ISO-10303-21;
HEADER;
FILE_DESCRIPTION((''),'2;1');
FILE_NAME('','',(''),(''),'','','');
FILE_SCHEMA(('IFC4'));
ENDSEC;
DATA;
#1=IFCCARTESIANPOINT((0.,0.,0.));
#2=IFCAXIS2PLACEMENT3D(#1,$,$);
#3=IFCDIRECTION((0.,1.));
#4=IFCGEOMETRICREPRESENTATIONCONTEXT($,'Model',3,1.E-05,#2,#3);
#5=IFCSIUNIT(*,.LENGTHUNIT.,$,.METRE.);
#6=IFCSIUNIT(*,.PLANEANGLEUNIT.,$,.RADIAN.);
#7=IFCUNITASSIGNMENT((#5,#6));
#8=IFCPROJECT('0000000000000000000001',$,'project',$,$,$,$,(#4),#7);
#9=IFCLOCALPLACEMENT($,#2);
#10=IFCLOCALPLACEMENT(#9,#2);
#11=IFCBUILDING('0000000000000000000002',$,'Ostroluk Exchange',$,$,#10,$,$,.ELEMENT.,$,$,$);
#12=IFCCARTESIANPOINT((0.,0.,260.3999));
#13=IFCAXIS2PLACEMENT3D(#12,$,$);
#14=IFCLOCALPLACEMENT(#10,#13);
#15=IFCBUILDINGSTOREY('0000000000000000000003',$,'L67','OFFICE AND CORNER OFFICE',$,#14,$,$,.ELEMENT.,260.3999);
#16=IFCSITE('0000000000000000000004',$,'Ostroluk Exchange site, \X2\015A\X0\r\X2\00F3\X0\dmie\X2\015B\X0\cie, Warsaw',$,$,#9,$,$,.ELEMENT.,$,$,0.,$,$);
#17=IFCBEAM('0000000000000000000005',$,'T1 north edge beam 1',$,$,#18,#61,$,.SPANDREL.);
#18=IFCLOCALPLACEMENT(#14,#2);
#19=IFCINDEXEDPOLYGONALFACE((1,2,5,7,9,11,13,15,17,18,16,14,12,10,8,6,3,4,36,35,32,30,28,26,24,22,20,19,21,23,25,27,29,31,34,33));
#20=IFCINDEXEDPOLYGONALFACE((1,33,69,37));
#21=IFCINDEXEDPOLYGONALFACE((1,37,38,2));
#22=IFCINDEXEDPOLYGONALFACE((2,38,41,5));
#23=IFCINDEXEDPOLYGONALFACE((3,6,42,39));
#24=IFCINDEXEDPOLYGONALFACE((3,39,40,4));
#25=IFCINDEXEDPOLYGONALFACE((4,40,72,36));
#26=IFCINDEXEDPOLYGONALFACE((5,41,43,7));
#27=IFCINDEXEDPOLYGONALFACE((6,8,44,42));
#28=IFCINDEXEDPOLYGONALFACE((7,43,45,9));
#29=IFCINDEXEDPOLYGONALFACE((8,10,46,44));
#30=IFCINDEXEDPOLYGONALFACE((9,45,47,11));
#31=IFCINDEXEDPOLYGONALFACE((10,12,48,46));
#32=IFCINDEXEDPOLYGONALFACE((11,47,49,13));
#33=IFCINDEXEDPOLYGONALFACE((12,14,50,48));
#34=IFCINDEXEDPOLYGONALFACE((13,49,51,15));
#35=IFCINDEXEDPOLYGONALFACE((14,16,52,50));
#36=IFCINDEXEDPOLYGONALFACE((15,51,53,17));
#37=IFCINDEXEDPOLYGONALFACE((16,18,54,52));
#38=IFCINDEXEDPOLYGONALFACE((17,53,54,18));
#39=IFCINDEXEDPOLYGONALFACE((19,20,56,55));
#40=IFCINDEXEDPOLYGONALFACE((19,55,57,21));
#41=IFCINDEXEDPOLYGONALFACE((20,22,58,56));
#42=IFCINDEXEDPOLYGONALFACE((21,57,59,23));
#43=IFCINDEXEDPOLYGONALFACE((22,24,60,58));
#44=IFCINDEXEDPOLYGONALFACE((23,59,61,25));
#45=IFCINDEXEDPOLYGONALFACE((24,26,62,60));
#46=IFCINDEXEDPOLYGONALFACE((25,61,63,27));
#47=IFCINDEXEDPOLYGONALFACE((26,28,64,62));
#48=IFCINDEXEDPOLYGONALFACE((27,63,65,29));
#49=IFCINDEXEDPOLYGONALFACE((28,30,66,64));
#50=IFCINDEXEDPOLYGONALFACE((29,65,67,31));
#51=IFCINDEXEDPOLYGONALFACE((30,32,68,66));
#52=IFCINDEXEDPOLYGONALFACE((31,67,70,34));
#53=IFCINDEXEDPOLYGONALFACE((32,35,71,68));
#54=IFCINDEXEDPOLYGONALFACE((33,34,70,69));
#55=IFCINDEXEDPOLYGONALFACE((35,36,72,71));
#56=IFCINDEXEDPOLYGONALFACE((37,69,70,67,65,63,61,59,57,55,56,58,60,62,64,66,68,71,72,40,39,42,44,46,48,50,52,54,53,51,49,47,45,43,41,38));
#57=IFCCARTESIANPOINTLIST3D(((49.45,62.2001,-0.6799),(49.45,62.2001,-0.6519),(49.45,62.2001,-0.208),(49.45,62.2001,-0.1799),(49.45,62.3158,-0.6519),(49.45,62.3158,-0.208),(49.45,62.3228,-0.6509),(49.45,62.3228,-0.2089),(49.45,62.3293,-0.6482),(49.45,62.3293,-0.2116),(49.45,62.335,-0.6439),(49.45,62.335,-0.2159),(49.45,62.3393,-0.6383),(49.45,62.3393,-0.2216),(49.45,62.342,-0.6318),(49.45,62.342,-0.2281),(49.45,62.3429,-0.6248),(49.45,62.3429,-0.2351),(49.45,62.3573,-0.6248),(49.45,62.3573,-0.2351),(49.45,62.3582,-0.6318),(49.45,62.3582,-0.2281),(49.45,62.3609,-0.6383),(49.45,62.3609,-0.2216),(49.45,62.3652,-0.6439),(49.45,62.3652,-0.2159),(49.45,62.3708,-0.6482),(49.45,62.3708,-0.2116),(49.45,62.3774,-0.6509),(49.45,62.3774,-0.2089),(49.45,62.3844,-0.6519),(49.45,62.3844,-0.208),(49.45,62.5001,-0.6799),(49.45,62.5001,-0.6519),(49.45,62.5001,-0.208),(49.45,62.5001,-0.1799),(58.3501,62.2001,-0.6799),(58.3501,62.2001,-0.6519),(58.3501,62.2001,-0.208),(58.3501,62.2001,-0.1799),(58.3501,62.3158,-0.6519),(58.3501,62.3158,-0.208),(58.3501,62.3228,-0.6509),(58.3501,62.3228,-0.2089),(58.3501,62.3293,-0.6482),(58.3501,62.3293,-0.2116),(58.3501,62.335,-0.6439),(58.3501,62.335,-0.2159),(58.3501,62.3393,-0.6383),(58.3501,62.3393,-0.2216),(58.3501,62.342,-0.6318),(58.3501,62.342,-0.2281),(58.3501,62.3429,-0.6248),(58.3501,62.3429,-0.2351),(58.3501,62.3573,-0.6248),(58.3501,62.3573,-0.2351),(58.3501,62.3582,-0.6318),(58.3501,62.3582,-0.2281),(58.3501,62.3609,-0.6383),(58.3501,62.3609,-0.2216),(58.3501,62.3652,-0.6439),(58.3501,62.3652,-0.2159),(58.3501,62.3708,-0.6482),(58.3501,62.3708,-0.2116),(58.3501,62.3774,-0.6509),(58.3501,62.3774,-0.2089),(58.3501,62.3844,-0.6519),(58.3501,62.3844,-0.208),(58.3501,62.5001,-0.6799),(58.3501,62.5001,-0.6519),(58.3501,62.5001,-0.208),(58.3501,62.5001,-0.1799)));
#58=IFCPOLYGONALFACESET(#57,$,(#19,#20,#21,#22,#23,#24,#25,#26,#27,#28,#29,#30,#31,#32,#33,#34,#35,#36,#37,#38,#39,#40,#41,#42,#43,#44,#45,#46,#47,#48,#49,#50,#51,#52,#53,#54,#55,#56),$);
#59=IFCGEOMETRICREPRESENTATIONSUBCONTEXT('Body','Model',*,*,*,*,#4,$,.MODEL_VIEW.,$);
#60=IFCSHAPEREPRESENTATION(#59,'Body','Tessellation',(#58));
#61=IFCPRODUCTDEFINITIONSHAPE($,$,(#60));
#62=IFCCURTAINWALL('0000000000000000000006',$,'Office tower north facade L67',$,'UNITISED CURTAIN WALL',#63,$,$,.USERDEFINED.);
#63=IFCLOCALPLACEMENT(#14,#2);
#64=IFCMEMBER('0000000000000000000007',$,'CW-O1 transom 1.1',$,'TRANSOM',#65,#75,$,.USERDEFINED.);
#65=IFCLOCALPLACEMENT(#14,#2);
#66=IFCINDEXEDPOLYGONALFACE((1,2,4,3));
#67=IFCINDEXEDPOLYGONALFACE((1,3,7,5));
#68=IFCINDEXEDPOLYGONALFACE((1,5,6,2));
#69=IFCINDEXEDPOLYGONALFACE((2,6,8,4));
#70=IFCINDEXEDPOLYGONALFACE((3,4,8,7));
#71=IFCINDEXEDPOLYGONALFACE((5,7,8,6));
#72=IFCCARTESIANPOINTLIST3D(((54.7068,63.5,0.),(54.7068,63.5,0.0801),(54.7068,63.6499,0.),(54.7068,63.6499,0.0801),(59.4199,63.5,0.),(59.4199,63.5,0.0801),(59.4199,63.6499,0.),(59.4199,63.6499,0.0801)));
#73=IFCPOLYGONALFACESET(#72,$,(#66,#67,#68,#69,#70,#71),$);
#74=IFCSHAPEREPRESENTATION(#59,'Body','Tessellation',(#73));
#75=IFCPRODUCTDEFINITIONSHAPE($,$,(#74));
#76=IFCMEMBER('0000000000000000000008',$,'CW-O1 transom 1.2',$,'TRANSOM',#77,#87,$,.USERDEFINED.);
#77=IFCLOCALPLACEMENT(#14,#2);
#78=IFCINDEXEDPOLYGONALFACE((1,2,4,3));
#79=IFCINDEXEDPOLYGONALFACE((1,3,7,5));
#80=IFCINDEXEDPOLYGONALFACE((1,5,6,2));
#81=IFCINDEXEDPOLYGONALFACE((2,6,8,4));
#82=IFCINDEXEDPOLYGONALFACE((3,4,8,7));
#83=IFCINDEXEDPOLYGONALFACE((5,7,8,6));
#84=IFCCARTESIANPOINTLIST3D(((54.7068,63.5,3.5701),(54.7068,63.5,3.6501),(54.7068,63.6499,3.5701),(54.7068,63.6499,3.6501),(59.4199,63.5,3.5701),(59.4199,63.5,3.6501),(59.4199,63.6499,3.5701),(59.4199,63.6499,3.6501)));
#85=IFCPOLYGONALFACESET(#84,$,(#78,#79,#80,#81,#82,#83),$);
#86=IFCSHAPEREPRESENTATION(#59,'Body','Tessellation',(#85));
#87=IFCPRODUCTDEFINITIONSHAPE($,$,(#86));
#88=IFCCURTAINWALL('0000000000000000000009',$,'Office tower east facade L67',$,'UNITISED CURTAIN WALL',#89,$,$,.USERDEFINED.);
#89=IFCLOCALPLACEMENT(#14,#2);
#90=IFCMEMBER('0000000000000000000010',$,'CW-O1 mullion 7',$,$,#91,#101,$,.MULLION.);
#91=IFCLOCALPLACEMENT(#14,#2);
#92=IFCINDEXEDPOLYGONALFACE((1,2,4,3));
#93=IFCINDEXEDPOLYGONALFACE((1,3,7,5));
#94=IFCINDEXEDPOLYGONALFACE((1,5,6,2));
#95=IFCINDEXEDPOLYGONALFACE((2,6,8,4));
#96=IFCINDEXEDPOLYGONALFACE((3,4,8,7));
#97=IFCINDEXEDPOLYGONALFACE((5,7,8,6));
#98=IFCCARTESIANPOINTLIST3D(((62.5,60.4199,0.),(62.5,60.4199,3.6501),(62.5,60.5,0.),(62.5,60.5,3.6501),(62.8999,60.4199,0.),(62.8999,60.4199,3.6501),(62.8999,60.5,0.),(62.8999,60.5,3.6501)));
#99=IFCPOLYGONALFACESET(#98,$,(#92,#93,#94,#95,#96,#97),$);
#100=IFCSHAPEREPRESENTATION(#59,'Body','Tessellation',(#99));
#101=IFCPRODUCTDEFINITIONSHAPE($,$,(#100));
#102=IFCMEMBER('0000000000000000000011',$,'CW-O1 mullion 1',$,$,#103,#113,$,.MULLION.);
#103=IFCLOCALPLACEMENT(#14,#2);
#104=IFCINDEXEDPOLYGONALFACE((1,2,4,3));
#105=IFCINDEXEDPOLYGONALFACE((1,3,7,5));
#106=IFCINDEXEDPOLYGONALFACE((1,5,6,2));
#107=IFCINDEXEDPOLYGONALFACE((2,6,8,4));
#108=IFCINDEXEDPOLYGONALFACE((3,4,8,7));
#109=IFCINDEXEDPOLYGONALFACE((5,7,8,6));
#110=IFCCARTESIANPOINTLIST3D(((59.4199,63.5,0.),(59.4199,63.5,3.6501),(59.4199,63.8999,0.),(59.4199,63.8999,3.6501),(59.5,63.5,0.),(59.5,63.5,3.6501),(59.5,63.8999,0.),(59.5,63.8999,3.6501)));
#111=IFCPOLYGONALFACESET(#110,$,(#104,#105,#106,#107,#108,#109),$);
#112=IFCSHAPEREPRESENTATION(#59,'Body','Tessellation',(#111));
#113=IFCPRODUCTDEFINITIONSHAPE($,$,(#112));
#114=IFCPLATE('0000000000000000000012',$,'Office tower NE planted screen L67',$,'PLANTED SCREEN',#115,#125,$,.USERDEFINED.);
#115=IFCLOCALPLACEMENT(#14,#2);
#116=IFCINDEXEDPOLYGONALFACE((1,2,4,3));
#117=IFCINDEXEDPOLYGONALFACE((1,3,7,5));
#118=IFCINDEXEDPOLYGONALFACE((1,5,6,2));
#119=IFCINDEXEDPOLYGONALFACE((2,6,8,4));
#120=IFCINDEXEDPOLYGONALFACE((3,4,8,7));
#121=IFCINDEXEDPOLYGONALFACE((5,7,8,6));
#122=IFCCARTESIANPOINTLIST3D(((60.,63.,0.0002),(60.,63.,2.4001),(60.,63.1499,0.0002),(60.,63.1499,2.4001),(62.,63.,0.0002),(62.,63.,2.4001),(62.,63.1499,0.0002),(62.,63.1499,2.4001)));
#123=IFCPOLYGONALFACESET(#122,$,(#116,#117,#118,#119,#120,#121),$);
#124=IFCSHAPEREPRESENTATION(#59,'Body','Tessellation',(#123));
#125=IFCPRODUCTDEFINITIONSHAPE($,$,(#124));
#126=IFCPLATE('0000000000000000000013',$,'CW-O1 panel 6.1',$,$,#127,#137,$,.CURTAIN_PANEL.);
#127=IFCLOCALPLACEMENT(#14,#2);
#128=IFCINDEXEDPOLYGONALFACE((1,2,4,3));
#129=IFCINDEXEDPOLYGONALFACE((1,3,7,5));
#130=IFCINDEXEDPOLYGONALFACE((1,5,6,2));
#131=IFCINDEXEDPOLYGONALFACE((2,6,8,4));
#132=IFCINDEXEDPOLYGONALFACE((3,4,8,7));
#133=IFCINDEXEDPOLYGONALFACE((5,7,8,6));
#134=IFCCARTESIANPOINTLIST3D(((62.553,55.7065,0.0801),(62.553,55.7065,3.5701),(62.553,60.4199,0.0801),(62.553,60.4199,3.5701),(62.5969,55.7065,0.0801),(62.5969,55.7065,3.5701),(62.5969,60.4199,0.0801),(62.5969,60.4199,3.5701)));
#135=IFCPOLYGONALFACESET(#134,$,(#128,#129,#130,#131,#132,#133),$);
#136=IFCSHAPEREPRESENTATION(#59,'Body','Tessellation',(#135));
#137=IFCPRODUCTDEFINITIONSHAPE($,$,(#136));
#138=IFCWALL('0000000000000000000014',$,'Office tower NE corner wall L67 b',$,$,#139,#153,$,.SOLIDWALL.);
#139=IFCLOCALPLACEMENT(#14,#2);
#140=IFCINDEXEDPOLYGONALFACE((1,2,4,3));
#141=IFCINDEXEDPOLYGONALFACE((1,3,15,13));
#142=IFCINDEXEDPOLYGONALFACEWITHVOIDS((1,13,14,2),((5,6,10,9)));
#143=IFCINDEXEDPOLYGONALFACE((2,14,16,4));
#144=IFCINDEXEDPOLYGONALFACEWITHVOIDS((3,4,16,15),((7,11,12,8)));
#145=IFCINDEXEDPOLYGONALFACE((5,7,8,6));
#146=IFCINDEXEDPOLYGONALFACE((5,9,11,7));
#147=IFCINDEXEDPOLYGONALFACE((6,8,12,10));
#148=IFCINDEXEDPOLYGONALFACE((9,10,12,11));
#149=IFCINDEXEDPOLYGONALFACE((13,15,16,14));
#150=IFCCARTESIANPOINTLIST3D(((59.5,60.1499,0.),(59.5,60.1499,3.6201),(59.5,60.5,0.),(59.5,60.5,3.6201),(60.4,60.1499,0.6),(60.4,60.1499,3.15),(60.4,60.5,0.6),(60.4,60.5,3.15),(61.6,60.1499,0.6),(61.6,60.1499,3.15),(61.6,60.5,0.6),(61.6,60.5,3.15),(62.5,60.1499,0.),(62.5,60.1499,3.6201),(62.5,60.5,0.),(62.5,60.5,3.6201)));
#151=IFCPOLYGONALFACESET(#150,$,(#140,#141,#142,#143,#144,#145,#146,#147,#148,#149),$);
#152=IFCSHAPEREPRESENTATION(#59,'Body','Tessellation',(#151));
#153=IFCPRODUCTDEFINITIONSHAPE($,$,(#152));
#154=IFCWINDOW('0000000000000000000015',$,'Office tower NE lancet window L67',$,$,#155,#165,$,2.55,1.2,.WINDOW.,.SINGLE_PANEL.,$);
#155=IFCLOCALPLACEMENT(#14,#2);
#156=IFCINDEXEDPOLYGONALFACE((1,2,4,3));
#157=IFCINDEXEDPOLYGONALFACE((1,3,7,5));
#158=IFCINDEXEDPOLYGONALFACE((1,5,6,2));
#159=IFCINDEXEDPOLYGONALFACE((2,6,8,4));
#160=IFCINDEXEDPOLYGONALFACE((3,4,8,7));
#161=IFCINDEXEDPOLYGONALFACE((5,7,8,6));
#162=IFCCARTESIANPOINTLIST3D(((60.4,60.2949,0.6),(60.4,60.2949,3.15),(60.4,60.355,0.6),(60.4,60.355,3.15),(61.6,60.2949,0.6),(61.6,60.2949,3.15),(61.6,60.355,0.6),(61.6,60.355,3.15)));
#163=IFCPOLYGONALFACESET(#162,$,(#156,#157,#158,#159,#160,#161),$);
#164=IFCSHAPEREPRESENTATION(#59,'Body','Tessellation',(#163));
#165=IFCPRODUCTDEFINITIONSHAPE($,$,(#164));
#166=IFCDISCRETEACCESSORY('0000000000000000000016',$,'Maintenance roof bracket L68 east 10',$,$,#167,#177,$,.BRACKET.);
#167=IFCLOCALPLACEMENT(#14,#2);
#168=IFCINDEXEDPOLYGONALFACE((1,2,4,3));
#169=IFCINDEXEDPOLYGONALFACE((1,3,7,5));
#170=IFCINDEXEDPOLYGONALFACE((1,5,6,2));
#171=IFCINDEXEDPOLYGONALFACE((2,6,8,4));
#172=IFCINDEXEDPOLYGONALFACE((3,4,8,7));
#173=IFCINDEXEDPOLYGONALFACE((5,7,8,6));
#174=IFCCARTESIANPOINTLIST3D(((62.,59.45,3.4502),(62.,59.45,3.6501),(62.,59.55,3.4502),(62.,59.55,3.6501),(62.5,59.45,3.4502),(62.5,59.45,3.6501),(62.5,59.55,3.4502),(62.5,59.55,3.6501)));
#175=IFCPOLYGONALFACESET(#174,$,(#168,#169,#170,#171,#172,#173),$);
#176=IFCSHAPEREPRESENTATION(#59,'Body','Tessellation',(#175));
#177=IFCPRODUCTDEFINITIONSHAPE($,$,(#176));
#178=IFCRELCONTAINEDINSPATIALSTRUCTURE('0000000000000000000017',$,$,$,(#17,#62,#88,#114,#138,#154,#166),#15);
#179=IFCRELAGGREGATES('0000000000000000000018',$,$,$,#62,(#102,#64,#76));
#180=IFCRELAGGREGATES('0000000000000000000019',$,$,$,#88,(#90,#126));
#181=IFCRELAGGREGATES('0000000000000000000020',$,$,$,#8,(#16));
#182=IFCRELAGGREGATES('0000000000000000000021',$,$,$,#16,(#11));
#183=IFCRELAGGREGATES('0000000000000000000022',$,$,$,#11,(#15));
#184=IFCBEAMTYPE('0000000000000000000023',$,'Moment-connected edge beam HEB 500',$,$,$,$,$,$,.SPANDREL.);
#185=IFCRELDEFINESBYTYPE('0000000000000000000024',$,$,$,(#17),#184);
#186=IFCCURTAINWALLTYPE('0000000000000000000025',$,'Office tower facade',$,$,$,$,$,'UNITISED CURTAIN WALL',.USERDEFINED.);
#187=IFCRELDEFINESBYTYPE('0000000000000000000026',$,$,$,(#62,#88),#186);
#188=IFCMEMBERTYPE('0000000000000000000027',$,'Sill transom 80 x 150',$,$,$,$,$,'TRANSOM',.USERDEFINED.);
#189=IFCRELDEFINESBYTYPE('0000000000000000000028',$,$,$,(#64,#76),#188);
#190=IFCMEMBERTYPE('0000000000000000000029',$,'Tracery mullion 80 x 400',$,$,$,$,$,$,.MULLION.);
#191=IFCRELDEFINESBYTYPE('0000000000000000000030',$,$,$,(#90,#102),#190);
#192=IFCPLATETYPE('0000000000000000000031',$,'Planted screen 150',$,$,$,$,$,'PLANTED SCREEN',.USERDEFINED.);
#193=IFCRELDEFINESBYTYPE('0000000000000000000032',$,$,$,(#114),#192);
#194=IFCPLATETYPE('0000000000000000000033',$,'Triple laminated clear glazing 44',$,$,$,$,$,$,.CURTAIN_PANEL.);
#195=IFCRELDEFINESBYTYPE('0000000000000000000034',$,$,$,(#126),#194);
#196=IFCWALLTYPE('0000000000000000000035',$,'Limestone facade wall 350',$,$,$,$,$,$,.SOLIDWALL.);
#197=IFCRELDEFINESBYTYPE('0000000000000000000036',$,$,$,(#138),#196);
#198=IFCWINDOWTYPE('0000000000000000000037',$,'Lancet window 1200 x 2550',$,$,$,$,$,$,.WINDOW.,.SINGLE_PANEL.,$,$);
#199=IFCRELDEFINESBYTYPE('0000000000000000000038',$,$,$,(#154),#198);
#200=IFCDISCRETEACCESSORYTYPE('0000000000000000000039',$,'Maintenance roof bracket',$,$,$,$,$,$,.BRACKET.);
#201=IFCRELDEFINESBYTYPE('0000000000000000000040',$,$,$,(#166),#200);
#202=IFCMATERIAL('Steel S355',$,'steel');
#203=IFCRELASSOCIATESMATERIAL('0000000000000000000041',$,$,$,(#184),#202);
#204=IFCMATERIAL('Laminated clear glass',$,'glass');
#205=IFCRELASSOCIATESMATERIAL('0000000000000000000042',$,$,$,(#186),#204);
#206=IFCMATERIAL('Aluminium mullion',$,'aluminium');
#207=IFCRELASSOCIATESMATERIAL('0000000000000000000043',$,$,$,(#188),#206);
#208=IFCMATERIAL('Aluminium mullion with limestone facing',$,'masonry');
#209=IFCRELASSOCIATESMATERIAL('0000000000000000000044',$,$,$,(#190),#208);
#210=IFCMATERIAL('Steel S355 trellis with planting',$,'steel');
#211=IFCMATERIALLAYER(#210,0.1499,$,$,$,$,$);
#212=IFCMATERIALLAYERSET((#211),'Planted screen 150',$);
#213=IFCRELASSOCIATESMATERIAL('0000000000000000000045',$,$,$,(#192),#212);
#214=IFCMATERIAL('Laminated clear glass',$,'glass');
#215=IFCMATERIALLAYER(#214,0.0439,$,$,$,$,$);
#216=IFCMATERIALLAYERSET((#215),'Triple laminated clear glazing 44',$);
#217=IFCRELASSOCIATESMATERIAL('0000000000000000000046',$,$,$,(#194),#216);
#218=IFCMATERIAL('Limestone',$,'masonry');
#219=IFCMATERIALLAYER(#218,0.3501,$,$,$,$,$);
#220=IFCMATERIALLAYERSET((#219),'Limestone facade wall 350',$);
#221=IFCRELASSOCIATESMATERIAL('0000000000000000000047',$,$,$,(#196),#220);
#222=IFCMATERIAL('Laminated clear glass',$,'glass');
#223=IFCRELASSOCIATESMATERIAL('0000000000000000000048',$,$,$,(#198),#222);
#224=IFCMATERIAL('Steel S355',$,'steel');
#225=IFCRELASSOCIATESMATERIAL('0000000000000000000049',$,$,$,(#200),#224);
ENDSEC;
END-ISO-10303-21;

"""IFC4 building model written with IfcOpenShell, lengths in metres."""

from ifc_helpers import new_model, si_unit, direction, frame, frame_2d, origin, origin_2d, place, context, subcontext, project, spatial, rectangle, i_section, extrude, material, layer, layer_set, material_profile, profile_set, type_object, element, fill, aggregate, save


model = new_model("IFC4")

# Units and contexts
model_context = context("Model", 3, precision=1e-05, world=origin(), true_north=direction((0.0, 1.0)))
body_context = subcontext(model_context, "Body", "Model", "MODEL_VIEW")
ifc_project = project(units=[si_unit("LENGTHUNIT", "METRE"), si_unit("PLANEANGLEUNIT", "RADIAN")], contexts=[model_context])

# Site, building, storey
site_placement = place(None, origin())
site = spatial("IfcSite", under=ifc_project, at=site_placement, Name="Ostroluk Exchange site, Śródmieście, Warsaw", CompositionType="ELEMENT", RefElevation=0.0)
building_placement = place(site_placement, origin())
building = spatial("IfcBuilding", under=site, at=building_placement, Name="Ostroluk Exchange", CompositionType="ELEMENT")
storey_placement = place(building_placement, frame((0.0, 0.0, 260.3999)))
storey = spatial("IfcBuildingStorey", under=building, at=storey_placement, Name="L67", Description="OFFICE AND CORNER OFFICE", CompositionType="ELEMENT", Elevation=260.3999)

# Beam
ifc_material_1 = material(Name="Steel S355", Category="steel")
ifc_material_profile_1 = material_profile(ifc_material_1, i_section(OverallWidth=0.3, OverallDepth=0.5, WebThickness=0.0144, FlangeThickness=0.0281, FilletRadius=0.0271, at=origin_2d()), Name="HEB 500")
ifc_profile_set_1 = profile_set([ifc_material_profile_1], Name="Steel S355")
beam_type_1 = type_object("IfcBeamType", Name="Moment-connected edge beam HEB 500", PredefinedType="SPANDREL", material=ifc_profile_set_1)
beam_1_placement = place(storey_placement, frame((58.3501, 62.3501, -0.4299), z_axis=(-1.0, 0.0, 0.0), x_axis=(0.0, -1.0, 0.0)))
element("IfcBeam", 1, at=beam_1_placement, inside=storey, type_object=beam_type_1, Name="T1 north edge beam 1", PredefinedType="SPANDREL", context=body_context, shape_type="SweptSolid", body=[
    extrude(i_section(OverallWidth=0.3, OverallDepth=0.5, WebThickness=0.0144, FlangeThickness=0.0281, FilletRadius=0.0271, at=origin_2d()), origin(), (0.0, 0.0, 1.0), 8.9001),
])

# Curtain wall, members
ifc_material_2 = material(Name="Laminated clear glass", Category="glass")
curtain_wall_type = type_object("IfcCurtainWallType", Name="Office tower facade", ElementType="UNITISED CURTAIN WALL", PredefinedType="USERDEFINED", material=ifc_material_2)
curtain_wall_1_placement = place(storey_placement, origin())
curtain_wall_1 = element("IfcCurtainWall", 2, at=curtain_wall_1_placement, inside=storey, type_object=curtain_wall_type, Name="Office tower north facade L67", ObjectType="UNITISED CURTAIN WALL", PredefinedType="USERDEFINED")
ifc_material_3 = material(Name="Aluminium mullion", Category="aluminium")
ifc_material_profile_2 = material_profile(ifc_material_3, rectangle(XDim=0.1499, YDim=0.0801, at=origin_2d()), Name="Sill transom 80 x 150")
ifc_profile_set_2 = profile_set([ifc_material_profile_2], Name="Aluminium mullion")
member_type_1 = type_object("IfcMemberType", Name="Sill transom 80 x 150", ElementType="TRANSOM", PredefinedType="USERDEFINED", material=ifc_profile_set_2)
member_1_placement = place(storey_placement, frame((59.4199, 63.575, 0.04), z_axis=(-1.0, 0.0, 0.0), x_axis=(0.0, -1.0, 0.0)))
member_1 = element("IfcMember", 3, at=member_1_placement, type_object=member_type_1, Name="CW-O1 transom 1.1", ObjectType="TRANSOM", PredefinedType="USERDEFINED", context=body_context, shape_type="SweptSolid", body=[
    extrude(rectangle(XDim=0.1499, YDim=0.0801, at=origin_2d()), origin(), (0.0, 0.0, 1.0), 4.7131),
])
member_2_placement = place(storey_placement, frame((59.4199, 63.575, 3.6101), z_axis=(-1.0, 0.0, 0.0), x_axis=(0.0, -1.0, 0.0)))
member_2 = element("IfcMember", 4, at=member_2_placement, type_object=member_type_1, Name="CW-O1 transom 1.2", ObjectType="TRANSOM", PredefinedType="USERDEFINED", context=body_context, shape_type="SweptSolid", body=[
    extrude(rectangle(XDim=0.1499, YDim=0.0801, at=origin_2d()), origin(), (0.0, 0.0, 1.0), 4.7131),
])

# Curtain wall, member
curtain_wall_2_placement = place(storey_placement, origin())
curtain_wall_2 = element("IfcCurtainWall", 5, at=curtain_wall_2_placement, inside=storey, type_object=curtain_wall_type, Name="Office tower east facade L67", ObjectType="UNITISED CURTAIN WALL", PredefinedType="USERDEFINED")
ifc_material_4 = material(Name="Aluminium mullion with limestone facing", Category="masonry")
ifc_material_profile_3 = material_profile(ifc_material_4, rectangle(XDim=0.3999, YDim=0.0801, at=origin_2d()), Name="Tracery mullion 80 x 400")
ifc_profile_set_3 = profile_set([ifc_material_profile_3], Name="Aluminium mullion with limestone facing")
member_type_2 = type_object("IfcMemberType", Name="Tracery mullion 80 x 400", PredefinedType="MULLION", material=ifc_profile_set_3)
member_3_placement = place(storey_placement, frame((62.7, 60.46, 0.0), z_axis=(0.0, 0.0, 1.0), x_axis=(-1.0, 0.0, 0.0)))
member_3 = element("IfcMember", 6, at=member_3_placement, type_object=member_type_2, Name="CW-O1 mullion 7", PredefinedType="MULLION", context=body_context, shape_type="SweptSolid", body=[
    extrude(rectangle(XDim=0.3999, YDim=0.0801, at=origin_2d()), origin(), (0.0, 0.0, 1.0), 3.6501),
])

# Member
member_4_placement = place(storey_placement, frame((59.46, 63.7, 0.0), z_axis=(0.0, 0.0, 1.0), x_axis=(0.0, -1.0, 0.0)))
member_4 = element("IfcMember", 7, at=member_4_placement, type_object=member_type_2, Name="CW-O1 mullion 1", PredefinedType="MULLION", context=body_context, shape_type="SweptSolid", body=[
    extrude(rectangle(XDim=0.3999, YDim=0.0801, at=origin_2d()), origin(), (0.0, 0.0, 1.0), 3.6501),
])
aggregate(curtain_wall_1, [member_4, member_1, member_2])

# Plates
ifc_material_5 = material(Name="Steel S355 trellis with planting", Category="steel")
ifc_layer_1 = layer(ifc_material_5, 0.1499)
ifc_layer_set_1 = layer_set([ifc_layer_1], Name="Planted screen 150")
plate_type_1 = type_object("IfcPlateType", Name="Planted screen 150", ElementType="PLANTED SCREEN", PredefinedType="USERDEFINED", material=ifc_layer_set_1)
plate_1_placement = place(storey_placement, frame((61.0, 63.075, 0.0002), z_axis=(0.0, 0.0, 1.0), x_axis=(1.0, 0.0, 0.0)))
element("IfcPlate", 8, at=plate_1_placement, inside=storey, type_object=plate_type_1, Name="Office tower NE planted screen L67", ObjectType="PLANTED SCREEN", PredefinedType="USERDEFINED", context=body_context, shape_type="SweptSolid", body=[
    extrude(rectangle(XDim=2.0, YDim=0.1499, at=origin_2d()), origin(), (0.0, 0.0, 1.0), 2.3999),
])
ifc_material_6 = material(Name="Laminated clear glass", Category="glass")
ifc_layer_2 = layer(ifc_material_6, 0.0439)
ifc_layer_set_2 = layer_set([ifc_layer_2], Name="Triple laminated clear glazing 44")
plate_type_2 = type_object("IfcPlateType", Name="Triple laminated clear glazing 44", PredefinedType="CURTAIN_PANEL", material=ifc_layer_set_2)
plate_2_placement = place(storey_placement, frame((62.575, 58.0632, 0.0801), z_axis=(0.0, 0.0, 1.0), x_axis=(0.0, 1.0, 0.0)))
plate_2 = element("IfcPlate", 9, at=plate_2_placement, type_object=plate_type_2, Name="CW-O1 panel 6.1", PredefinedType="CURTAIN_PANEL", context=body_context, shape_type="SweptSolid", body=[
    extrude(rectangle(XDim=4.7134, YDim=0.0439, at=origin_2d()), origin(), (0.0, 0.0, 1.0), 3.49),
])
aggregate(curtain_wall_2, [member_3, plate_2])

# Shared definitions
ifc_material_7 = material(Name="Limestone", Category="masonry")
ifc_layer_3 = layer(ifc_material_7, 0.3501)
ifc_layer_set_3 = layer_set([ifc_layer_3], Name="Limestone facade wall 350")
wall_type = type_object("IfcWallType", Name="Limestone facade wall 350", PredefinedType="SOLIDWALL", material=ifc_layer_set_3)

# Wall, opening, window
wall_1_placement = place(storey_placement, frame((59.5, 60.325, 0.0), z_axis=(0.0, 0.0, 1.0), x_axis=(1.0, 0.0, 0.0)))
wall_1 = element("IfcWall", 10, at=wall_1_placement, inside=storey, type_object=wall_type, Name="Office tower NE corner wall L67 b", PredefinedType="SOLIDWALL", context=body_context, shape_type="SweptSolid", body=[
    extrude(rectangle(XDim=3.0, YDim=0.3501, at=frame_2d((1.5, 0.0))), origin(), (0.0, 0.0, 1.0), 3.6201),
])
opening_1_placement = place(wall_1_placement, frame((0.8999, 0.0, 0.6001)))
opening_1 = element("IfcOpeningElement", 11, at=opening_1_placement, cuts=wall_1, PredefinedType="OPENING", context=body_context, shape_type="SweptSolid", body=[
    extrude(rectangle(XDim=1.2, YDim=2.55, at=frame_2d((0.6001, 1.2749))), frame((0.0, 0.1851, 0.0), z_axis=(0.0, -1.0, 0.0), x_axis=(1.0, 0.0, 0.0)), (0.0, 0.0, 1.0), 0.3701),
])
ifc_material_8 = material(Name="Laminated clear glass", Category="glass")
window_type = type_object("IfcWindowType", Name="Lancet window 1200 x 2550", PartitioningType="SINGLE_PANEL", PredefinedType="WINDOW", material=ifc_material_8)
window_placement = place(opening_1_placement, origin())
window = element("IfcWindow", 12, at=window_placement, inside=storey, type_object=window_type, Name="Office tower NE lancet window L67", OverallHeight=2.55, OverallWidth=1.2, PartitioningType="SINGLE_PANEL", PredefinedType="WINDOW", context=body_context, shape_type="SweptSolid", body=[
    extrude(rectangle(XDim=1.2, YDim=2.55, at=frame_2d((0.6001, 1.2749))), frame((0.0, 0.03, 0.0), z_axis=(0.0, -1.0, 0.0), x_axis=(1.0, 0.0, 0.0)), (0.0, 0.0, 1.0), 0.0601),
])
fill(opening_1, window)

# Discrete accessory
ifc_material_9 = material(Name="Steel S355", Category="steel")
discrete_accessory_type = type_object("IfcDiscreteAccessoryType", Name="Maintenance roof bracket", PredefinedType="BRACKET", material=ifc_material_9)
discrete_accessory_1_placement = place(storey_placement, frame((62.25, 59.5, 3.4502), z_axis=(0.0, 0.0, 1.0), x_axis=(1.0, 0.0, 0.0)))
element("IfcDiscreteAccessory", 13, at=discrete_accessory_1_placement, inside=storey, type_object=discrete_accessory_type, Name="Maintenance roof bracket L68 east 10", PredefinedType="BRACKET", context=body_context, shape_type="SweptSolid", body=[
    extrude(rectangle(XDim=0.5, YDim=0.1001, at=origin_2d()), origin(), (0.0, 0.0, 1.0), 0.2),
])

save(model, "model.ifc")
